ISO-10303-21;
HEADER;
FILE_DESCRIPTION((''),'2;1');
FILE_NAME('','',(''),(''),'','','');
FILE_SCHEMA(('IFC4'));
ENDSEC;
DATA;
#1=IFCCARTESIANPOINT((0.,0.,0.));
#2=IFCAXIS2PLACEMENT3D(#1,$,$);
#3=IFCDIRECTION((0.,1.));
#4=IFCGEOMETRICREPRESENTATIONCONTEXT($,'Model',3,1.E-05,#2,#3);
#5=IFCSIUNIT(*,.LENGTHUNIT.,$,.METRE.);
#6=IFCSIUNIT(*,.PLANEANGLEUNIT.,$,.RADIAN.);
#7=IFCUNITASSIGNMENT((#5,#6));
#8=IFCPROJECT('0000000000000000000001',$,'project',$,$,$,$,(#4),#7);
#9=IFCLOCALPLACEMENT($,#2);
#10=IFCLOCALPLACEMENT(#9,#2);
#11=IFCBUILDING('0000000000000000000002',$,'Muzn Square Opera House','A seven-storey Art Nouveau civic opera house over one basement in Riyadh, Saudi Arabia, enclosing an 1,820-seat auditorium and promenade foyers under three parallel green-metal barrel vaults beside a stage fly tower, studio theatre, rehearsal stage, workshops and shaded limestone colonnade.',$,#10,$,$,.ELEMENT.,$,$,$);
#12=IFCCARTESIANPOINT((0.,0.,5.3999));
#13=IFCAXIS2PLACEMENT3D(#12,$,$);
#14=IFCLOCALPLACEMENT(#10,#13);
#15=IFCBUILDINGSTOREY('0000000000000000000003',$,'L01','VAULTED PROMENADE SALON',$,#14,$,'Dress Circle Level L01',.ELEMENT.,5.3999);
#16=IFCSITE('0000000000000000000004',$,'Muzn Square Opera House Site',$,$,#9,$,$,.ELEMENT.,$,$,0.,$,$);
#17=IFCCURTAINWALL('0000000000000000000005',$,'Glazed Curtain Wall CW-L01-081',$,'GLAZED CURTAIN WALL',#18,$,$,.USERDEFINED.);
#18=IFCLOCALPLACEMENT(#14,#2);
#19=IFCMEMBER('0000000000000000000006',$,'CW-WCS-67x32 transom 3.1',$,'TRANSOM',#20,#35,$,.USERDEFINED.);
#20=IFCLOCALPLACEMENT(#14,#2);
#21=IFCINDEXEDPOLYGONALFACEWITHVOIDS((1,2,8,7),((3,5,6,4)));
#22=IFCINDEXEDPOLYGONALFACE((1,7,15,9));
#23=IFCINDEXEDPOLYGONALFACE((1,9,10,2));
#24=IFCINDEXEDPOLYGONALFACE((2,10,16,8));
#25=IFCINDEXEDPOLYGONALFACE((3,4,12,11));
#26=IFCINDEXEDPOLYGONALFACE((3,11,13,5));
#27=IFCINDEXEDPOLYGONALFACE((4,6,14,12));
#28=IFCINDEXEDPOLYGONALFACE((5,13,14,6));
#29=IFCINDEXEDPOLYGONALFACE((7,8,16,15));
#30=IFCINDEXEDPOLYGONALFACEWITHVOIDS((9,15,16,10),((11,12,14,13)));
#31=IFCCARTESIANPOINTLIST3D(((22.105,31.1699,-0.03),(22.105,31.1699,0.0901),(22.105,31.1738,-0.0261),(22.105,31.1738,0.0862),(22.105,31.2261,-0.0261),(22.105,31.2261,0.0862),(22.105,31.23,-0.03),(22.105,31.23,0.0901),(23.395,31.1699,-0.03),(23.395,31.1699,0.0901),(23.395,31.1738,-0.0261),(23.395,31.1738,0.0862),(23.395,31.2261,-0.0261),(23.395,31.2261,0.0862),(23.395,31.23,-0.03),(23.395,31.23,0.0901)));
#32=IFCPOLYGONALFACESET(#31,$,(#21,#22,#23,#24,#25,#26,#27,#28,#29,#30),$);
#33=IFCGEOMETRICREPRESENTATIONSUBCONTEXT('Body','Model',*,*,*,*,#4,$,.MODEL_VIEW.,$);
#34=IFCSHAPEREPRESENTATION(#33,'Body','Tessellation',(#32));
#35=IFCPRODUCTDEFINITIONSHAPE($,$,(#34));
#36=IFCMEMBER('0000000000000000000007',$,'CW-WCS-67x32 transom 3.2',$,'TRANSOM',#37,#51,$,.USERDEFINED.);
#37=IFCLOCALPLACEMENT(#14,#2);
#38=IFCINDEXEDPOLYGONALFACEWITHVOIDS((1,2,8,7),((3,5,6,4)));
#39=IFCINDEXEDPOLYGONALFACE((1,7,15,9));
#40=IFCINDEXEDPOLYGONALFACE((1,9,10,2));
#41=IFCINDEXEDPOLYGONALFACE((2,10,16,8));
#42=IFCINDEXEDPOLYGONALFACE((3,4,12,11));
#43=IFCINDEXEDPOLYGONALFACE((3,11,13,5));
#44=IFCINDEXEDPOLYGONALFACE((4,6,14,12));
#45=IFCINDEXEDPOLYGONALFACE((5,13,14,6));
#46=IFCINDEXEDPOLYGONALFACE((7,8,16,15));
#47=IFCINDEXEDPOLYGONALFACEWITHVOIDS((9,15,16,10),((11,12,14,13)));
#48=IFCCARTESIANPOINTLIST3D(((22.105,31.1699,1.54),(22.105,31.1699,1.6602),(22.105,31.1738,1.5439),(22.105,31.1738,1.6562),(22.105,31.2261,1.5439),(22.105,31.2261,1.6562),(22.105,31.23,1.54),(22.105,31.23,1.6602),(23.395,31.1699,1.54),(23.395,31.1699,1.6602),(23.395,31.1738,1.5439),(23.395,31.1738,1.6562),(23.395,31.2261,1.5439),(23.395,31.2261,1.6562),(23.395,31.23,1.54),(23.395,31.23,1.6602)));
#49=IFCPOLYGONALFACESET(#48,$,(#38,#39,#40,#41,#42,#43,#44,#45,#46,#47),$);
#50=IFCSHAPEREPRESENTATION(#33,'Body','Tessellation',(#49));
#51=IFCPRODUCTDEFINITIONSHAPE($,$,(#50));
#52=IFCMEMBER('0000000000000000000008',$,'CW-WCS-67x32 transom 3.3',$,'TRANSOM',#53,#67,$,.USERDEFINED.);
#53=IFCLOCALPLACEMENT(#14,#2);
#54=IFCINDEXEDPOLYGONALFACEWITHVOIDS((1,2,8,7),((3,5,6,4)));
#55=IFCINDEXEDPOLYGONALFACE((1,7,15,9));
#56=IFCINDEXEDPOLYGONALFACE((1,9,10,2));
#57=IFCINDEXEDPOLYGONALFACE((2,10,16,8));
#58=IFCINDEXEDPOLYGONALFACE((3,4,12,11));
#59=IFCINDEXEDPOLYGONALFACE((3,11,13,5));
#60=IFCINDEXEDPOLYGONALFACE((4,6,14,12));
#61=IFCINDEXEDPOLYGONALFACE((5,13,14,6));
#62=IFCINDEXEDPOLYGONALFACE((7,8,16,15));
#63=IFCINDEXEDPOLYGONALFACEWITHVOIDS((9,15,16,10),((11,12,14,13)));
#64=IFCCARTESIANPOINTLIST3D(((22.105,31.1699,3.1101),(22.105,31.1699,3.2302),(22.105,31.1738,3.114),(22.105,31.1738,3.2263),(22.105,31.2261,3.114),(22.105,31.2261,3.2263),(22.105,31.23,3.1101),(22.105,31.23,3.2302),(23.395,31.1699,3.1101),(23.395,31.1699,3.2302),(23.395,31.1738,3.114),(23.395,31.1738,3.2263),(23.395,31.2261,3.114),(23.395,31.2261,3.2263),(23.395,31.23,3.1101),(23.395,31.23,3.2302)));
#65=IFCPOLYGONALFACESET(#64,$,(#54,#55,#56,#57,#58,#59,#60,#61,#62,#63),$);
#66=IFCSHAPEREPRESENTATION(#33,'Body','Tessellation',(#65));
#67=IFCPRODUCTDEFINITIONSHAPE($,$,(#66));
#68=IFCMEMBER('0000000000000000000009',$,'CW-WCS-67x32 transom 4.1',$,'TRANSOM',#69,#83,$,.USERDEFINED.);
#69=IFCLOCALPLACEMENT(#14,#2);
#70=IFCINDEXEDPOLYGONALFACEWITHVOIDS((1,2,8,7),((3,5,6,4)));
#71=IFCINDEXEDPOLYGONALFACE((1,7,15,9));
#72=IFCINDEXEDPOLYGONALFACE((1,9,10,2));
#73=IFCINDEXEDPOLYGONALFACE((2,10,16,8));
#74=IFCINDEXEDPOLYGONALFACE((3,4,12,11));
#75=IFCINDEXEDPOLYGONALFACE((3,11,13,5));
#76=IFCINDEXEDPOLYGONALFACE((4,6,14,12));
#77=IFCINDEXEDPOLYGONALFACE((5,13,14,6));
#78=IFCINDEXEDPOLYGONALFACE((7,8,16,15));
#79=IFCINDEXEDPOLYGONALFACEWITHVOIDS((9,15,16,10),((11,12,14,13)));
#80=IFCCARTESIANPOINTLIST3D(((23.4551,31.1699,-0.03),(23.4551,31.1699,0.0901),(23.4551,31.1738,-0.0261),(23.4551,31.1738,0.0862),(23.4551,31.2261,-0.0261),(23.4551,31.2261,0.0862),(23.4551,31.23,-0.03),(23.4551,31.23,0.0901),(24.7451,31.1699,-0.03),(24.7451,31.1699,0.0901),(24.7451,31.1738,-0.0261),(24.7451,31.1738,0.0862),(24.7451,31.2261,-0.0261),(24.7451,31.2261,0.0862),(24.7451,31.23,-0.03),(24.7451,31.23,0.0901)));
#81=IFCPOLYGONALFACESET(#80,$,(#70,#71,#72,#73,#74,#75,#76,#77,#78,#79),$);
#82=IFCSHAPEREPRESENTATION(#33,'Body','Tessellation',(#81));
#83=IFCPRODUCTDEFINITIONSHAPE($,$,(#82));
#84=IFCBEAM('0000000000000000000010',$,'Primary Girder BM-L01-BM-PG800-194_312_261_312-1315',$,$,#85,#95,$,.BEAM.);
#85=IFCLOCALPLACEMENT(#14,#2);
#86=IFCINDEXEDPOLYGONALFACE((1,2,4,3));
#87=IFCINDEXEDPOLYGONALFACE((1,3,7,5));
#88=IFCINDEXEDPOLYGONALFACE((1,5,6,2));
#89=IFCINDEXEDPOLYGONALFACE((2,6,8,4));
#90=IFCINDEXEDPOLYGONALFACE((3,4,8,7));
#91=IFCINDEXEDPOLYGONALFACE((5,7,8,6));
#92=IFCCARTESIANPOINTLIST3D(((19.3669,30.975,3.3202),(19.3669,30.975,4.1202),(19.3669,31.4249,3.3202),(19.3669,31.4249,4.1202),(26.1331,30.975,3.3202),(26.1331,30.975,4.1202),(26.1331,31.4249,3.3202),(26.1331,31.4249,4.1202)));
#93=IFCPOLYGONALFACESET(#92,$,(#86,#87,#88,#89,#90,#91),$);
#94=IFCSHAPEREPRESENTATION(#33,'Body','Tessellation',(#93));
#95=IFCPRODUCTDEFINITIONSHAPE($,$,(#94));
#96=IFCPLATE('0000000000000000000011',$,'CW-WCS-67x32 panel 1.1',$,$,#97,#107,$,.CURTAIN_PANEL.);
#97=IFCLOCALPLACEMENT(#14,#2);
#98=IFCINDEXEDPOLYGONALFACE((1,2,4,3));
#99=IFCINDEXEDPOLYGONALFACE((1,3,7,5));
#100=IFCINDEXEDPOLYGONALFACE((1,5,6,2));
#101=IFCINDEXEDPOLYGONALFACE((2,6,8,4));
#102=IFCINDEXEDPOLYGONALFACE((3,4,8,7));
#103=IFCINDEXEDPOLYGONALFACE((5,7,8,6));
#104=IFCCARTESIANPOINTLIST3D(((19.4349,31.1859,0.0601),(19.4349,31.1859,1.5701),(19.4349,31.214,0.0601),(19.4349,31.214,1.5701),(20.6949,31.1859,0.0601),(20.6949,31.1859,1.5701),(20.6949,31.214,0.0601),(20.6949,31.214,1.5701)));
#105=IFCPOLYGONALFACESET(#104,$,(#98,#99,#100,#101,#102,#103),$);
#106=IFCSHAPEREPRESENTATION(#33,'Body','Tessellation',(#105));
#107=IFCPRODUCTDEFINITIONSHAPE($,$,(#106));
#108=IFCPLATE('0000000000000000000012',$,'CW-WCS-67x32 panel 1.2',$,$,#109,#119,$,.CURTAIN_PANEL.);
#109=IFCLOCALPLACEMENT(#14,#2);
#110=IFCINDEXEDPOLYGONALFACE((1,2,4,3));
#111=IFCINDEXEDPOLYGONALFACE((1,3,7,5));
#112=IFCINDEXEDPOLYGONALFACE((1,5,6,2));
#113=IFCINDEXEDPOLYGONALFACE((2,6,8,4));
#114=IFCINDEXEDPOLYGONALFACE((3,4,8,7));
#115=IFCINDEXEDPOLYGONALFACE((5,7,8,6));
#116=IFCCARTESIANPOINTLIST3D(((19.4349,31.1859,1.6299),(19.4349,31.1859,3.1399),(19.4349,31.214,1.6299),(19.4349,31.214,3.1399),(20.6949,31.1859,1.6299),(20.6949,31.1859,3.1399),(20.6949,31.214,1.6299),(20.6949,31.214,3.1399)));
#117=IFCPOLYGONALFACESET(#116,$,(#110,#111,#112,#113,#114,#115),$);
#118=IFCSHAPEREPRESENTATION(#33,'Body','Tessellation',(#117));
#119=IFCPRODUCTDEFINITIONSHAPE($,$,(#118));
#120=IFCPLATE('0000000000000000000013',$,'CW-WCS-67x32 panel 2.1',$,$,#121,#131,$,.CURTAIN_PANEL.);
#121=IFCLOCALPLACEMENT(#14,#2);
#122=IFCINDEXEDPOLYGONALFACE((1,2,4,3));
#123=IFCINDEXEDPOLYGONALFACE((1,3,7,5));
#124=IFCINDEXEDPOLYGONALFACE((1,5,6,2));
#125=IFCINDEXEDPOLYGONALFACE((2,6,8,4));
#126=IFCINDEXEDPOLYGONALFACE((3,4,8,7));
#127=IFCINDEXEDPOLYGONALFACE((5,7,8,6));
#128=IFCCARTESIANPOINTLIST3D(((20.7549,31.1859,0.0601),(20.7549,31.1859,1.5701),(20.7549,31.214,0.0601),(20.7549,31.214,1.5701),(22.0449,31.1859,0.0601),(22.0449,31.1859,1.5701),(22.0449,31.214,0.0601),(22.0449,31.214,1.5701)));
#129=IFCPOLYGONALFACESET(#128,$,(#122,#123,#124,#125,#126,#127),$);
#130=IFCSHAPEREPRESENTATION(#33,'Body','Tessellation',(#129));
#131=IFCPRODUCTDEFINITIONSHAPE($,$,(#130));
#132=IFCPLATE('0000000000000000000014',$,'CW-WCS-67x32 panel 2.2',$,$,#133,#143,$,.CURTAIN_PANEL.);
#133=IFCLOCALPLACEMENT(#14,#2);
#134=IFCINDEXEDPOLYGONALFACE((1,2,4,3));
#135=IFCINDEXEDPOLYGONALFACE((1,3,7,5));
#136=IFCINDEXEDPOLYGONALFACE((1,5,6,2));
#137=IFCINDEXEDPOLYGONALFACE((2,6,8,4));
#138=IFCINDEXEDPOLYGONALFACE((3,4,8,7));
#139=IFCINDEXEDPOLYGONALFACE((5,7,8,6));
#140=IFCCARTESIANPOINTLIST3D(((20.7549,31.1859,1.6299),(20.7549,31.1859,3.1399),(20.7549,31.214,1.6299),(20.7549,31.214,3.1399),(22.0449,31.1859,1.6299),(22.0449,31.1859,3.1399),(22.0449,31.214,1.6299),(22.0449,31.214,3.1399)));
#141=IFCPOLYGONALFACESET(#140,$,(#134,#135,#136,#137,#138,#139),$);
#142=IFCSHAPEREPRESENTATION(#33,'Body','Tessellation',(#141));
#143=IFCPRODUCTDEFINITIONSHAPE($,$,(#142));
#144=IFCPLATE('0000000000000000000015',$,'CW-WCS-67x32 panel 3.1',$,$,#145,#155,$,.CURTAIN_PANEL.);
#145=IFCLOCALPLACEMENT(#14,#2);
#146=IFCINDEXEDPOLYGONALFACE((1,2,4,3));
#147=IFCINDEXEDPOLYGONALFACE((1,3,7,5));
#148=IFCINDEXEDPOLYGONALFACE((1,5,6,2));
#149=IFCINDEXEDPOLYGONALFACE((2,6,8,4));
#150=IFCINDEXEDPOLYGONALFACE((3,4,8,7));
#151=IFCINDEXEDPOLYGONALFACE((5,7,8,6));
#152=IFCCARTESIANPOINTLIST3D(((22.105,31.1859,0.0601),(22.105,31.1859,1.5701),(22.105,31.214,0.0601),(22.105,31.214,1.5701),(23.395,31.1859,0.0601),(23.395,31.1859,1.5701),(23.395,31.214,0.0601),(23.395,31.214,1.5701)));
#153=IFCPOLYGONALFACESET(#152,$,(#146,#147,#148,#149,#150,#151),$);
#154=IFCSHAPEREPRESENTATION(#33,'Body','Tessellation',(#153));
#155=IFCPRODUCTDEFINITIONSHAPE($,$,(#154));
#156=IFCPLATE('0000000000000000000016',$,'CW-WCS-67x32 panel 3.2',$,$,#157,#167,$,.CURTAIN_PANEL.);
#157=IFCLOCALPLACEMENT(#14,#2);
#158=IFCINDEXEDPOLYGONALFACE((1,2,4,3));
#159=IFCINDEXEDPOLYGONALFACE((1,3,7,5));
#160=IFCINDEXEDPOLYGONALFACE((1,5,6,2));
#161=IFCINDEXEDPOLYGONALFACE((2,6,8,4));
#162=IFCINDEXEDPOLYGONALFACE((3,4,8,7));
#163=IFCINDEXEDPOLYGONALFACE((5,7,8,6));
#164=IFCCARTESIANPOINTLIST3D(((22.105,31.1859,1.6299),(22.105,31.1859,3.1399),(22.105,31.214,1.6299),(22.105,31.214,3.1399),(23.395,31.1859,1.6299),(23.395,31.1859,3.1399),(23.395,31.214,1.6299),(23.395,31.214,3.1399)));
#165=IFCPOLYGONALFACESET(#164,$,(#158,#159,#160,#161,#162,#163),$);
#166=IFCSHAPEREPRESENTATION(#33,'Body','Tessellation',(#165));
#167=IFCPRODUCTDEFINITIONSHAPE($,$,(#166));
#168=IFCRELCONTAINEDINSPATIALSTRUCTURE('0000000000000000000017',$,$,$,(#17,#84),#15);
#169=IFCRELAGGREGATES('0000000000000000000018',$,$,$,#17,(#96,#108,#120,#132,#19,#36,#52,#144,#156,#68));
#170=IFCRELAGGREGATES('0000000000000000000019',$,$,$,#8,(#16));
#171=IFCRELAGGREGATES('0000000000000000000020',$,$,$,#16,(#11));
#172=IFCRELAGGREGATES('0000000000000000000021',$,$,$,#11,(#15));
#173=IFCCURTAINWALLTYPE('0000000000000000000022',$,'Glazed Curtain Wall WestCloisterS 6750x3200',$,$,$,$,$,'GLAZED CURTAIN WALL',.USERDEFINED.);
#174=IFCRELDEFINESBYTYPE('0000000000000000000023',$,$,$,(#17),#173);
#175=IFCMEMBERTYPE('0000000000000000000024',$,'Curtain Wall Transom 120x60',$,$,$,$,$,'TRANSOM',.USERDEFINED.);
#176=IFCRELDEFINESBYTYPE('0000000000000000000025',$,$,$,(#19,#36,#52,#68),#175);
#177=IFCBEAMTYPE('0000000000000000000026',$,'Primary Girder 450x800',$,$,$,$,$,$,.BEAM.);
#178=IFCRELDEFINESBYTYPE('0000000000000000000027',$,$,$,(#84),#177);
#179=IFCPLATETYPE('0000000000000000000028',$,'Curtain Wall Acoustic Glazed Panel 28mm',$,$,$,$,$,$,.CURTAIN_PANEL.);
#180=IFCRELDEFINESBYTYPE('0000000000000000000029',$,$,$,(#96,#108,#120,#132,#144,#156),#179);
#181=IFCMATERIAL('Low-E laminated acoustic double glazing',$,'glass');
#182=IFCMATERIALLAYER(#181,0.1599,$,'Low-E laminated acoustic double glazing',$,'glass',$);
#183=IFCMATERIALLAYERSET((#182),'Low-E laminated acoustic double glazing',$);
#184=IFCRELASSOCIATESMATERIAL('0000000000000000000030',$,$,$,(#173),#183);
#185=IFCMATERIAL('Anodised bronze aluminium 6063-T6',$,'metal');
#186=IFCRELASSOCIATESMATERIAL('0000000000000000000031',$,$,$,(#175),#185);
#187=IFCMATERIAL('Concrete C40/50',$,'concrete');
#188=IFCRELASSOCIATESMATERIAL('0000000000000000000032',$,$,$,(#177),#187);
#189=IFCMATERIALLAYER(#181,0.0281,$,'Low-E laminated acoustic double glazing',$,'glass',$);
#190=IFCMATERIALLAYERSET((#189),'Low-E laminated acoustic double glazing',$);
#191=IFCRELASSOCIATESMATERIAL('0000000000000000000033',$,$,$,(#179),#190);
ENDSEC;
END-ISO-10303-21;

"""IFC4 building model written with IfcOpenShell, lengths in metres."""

from ifc_helpers import new_model, si_unit, direction, frame, origin, origin_2d, place, context, subcontext, project, spatial, rectangle, hollow_rectangle, extrude, material, layer, layer_set, material_profile, profile_set, type_object, element, aggregate, save


model = new_model("IFC4")

# Units and contexts
model_context = context("Model", 3, precision=1e-05, world=origin(), true_north=direction((0.0, 1.0)))
body_context = subcontext(model_context, "Body", "Model", "MODEL_VIEW")
ifc_project = project(units=[si_unit("LENGTHUNIT", "METRE"), si_unit("PLANEANGLEUNIT", "RADIAN")], contexts=[model_context])

# Site, building, storey
site_placement = place(None, origin())
site = spatial("IfcSite", under=ifc_project, at=site_placement, Name="Muzn Square Opera House Site", CompositionType="ELEMENT", RefElevation=0.0)
building_placement = place(site_placement, origin())
building = spatial("IfcBuilding", under=site, at=building_placement, Name="Muzn Square Opera House", Description="A seven-storey Art Nouveau civic opera house over one basement in Riyadh, Saudi Arabia, enclosing an 1,820-seat auditorium and promenade foyers under three parallel green-metal barrel vaults beside a stage fly tower, studio theatre, rehearsal stage, workshops and shaded limestone colonnade.", CompositionType="ELEMENT")
storey_placement = place(building_placement, frame((0.0, 0.0, 5.3999)))
storey = spatial("IfcBuildingStorey", under=building, at=storey_placement, Name="L01", Description="VAULTED PROMENADE SALON", LongName="Dress Circle Level L01", CompositionType="ELEMENT", Elevation=5.3999)

# Curtain wall, members
ifc_material_1 = material(Name="Low-E laminated acoustic double glazing", Category="glass")
ifc_layer_1 = layer(ifc_material_1, 0.1599, Name="Low-E laminated acoustic double glazing", Category="glass")
ifc_layer_set_1 = layer_set([ifc_layer_1], Name="Low-E laminated acoustic double glazing")
curtain_wall_type = type_object("IfcCurtainWallType", Name="Glazed Curtain Wall WestCloisterS 6750x3200", ElementType="GLAZED CURTAIN WALL", PredefinedType="USERDEFINED", material=ifc_layer_set_1)
curtain_wall_placement = place(storey_placement, origin())
curtain_wall = element("IfcCurtainWall", 1, at=curtain_wall_placement, inside=storey, type_object=curtain_wall_type, Name="Glazed Curtain Wall CW-L01-081", ObjectType="GLAZED CURTAIN WALL", PredefinedType="USERDEFINED")
ifc_material_2 = material(Name="Anodised bronze aluminium 6063-T6", Category="metal")
ifc_material_profile_1 = material_profile(ifc_material_2, hollow_rectangle(XDim=0.0601, YDim=0.1201, WallThickness=0.0039, at=origin_2d()), Name="ALU 120x60x4", Category="metal")
ifc_profile_set_1 = profile_set([ifc_material_profile_1], Name="Anodised bronze aluminium 6063-T6")
member_type_1 = type_object("IfcMemberType", Name="Curtain Wall Transom 120x60", ElementType="TRANSOM", PredefinedType="USERDEFINED", material=ifc_profile_set_1)
member_1_placement = place(storey_placement, frame((22.105, 31.2, 0.03), z_axis=(1.0, 0.0, 0.0), x_axis=(0.0, 1.0, 0.0)))
member_1 = element("IfcMember", 2, at=member_1_placement, type_object=member_type_1, Name="CW-WCS-67x32 transom 3.1", ObjectType="TRANSOM", PredefinedType="USERDEFINED", context=body_context, shape_type="SweptSolid", body=[
    extrude(hollow_rectangle(XDim=0.0601, YDim=0.1201, WallThickness=0.0039, at=origin_2d()), origin(), (0.0, 0.0, 1.0), 1.29),
])
member_2_placement = place(storey_placement, frame((22.105, 31.2, 1.6001), z_axis=(1.0, 0.0, 0.0), x_axis=(0.0, 1.0, 0.0)))
member_2 = element("IfcMember", 3, at=member_2_placement, type_object=member_type_1, Name="CW-WCS-67x32 transom 3.2", ObjectType="TRANSOM", PredefinedType="USERDEFINED", context=body_context, shape_type="SweptSolid", body=[
    extrude(hollow_rectangle(XDim=0.0601, YDim=0.1201, WallThickness=0.0039, at=origin_2d()), origin(), (0.0, 0.0, 1.0), 1.29),
])
member_3_placement = place(storey_placement, frame((22.105, 31.2, 3.1702), z_axis=(1.0, 0.0, 0.0), x_axis=(0.0, 1.0, 0.0)))
member_3 = element("IfcMember", 4, at=member_3_placement, type_object=member_type_1, Name="CW-WCS-67x32 transom 3.3", ObjectType="TRANSOM", PredefinedType="USERDEFINED", context=body_context, shape_type="SweptSolid", body=[
    extrude(hollow_rectangle(XDim=0.0601, YDim=0.1201, WallThickness=0.0039, at=origin_2d()), origin(), (0.0, 0.0, 1.0), 1.29),
])
member_4_placement = place(storey_placement, frame((23.4551, 31.2, 0.03), z_axis=(1.0, 0.0, 0.0), x_axis=(0.0, 1.0, 0.0)))
member_4 = element("IfcMember", 5, at=member_4_placement, type_object=member_type_1, Name="CW-WCS-67x32 transom 4.1", ObjectType="TRANSOM", PredefinedType="USERDEFINED", context=body_context, shape_type="SweptSolid", body=[
    extrude(hollow_rectangle(XDim=0.0601, YDim=0.1201, WallThickness=0.0039, at=origin_2d()), origin(), (0.0, 0.0, 1.0), 1.29),
])

# Beam
ifc_material_3 = material(Name="Concrete C40/50", Category="concrete")
ifc_material_profile_2 = material_profile(ifc_material_3, rectangle(XDim=0.45, YDim=0.8, at=origin_2d()), Name="RCB 450x800", Category="concrete")
ifc_profile_set_2 = profile_set([ifc_material_profile_2], Name="Concrete C40/50")
beam_type = type_object("IfcBeamType", Name="Primary Girder 450x800", PredefinedType="BEAM", material=ifc_profile_set_2)
beam_placement = place(storey_placement, frame((19.3669, 31.2, 3.7202), z_axis=(1.0, 0.0, 0.0), x_axis=(0.0, 1.0, 0.0)))
element("IfcBeam", 6, at=beam_placement, inside=storey, type_object=beam_type, Name="Primary Girder BM-L01-BM-PG800-194_312_261_312-1315", PredefinedType="BEAM", context=body_context, shape_type="SweptSolid", body=[
    extrude(rectangle(XDim=0.45, YDim=0.8, at=origin_2d()), origin(), (0.0, 0.0, 1.0), 6.7661),
])

# Plates
ifc_layer_2 = layer(ifc_material_1, 0.0281, Name="Low-E laminated acoustic double glazing", Category="glass")
ifc_layer_set_2 = layer_set([ifc_layer_2], Name="Low-E laminated acoustic double glazing")
plate_type = type_object("IfcPlateType", Name="Curtain Wall Acoustic Glazed Panel 28mm", PredefinedType="CURTAIN_PANEL", material=ifc_layer_set_2)
plate_1_placement = place(storey_placement, frame((20.0649, 31.2, 0.0601), z_axis=(0.0, 0.0, 1.0), x_axis=(1.0, 0.0, 0.0)))
plate_1 = element("IfcPlate", 7, at=plate_1_placement, type_object=plate_type, Name="CW-WCS-67x32 panel 1.1", PredefinedType="CURTAIN_PANEL", context=body_context, shape_type="SweptSolid", body=[
    extrude(rectangle(XDim=1.26, YDim=0.0281, at=origin_2d()), origin(), (0.0, 0.0, 1.0), 1.51),
])
plate_2_placement = place(storey_placement, frame((20.0649, 31.2, 1.6299), z_axis=(0.0, 0.0, 1.0), x_axis=(1.0, 0.0, 0.0)))
plate_2 = element("IfcPlate", 8, at=plate_2_placement, type_object=plate_type, Name="CW-WCS-67x32 panel 1.2", PredefinedType="CURTAIN_PANEL", context=body_context, shape_type="SweptSolid", body=[
    extrude(rectangle(XDim=1.26, YDim=0.0281, at=origin_2d()), origin(), (0.0, 0.0, 1.0), 1.51),
])
plate_3_placement = place(storey_placement, frame((21.3999, 31.2, 0.0601), z_axis=(0.0, 0.0, 1.0), x_axis=(1.0, 0.0, 0.0)))
plate_3 = element("IfcPlate", 9, at=plate_3_placement, type_object=plate_type, Name="CW-WCS-67x32 panel 2.1", PredefinedType="CURTAIN_PANEL", context=body_context, shape_type="SweptSolid", body=[
    extrude(rectangle(XDim=1.29, YDim=0.0281, at=origin_2d()), origin(), (0.0, 0.0, 1.0), 1.51),
])
plate_4_placement = place(storey_placement, frame((21.3999, 31.2, 1.6299), z_axis=(0.0, 0.0, 1.0), x_axis=(1.0, 0.0, 0.0)))
plate_4 = element("IfcPlate", 10, at=plate_4_placement, type_object=plate_type, Name="CW-WCS-67x32 panel 2.2", PredefinedType="CURTAIN_PANEL", context=body_context, shape_type="SweptSolid", body=[
    extrude(rectangle(XDim=1.29, YDim=0.0281, at=origin_2d()), origin(), (0.0, 0.0, 1.0), 1.51),
])
plate_5_placement = place(storey_placement, frame((22.75, 31.2, 0.0601), z_axis=(0.0, 0.0, 1.0), x_axis=(1.0, 0.0, 0.0)))
plate_5 = element("IfcPlate", 11, at=plate_5_placement, type_object=plate_type, Name="CW-WCS-67x32 panel 3.1", PredefinedType="CURTAIN_PANEL", context=body_context, shape_type="SweptSolid", body=[
    extrude(rectangle(XDim=1.29, YDim=0.0281, at=origin_2d()), origin(), (0.0, 0.0, 1.0), 1.51),
])
plate_6_placement = place(storey_placement, frame((22.75, 31.2, 1.6299), z_axis=(0.0, 0.0, 1.0), x_axis=(1.0, 0.0, 0.0)))
plate_6 = element("IfcPlate", 12, at=plate_6_placement, type_object=plate_type, Name="CW-WCS-67x32 panel 3.2", PredefinedType="CURTAIN_PANEL", context=body_context, shape_type="SweptSolid", body=[
    extrude(rectangle(XDim=1.29, YDim=0.0281, at=origin_2d()), origin(), (0.0, 0.0, 1.0), 1.51),
])
aggregate(curtain_wall, [plate_1, plate_2, plate_3, plate_4, member_1, member_2, member_3, plate_5, plate_6, member_4])

save(model, "model.ifc")
